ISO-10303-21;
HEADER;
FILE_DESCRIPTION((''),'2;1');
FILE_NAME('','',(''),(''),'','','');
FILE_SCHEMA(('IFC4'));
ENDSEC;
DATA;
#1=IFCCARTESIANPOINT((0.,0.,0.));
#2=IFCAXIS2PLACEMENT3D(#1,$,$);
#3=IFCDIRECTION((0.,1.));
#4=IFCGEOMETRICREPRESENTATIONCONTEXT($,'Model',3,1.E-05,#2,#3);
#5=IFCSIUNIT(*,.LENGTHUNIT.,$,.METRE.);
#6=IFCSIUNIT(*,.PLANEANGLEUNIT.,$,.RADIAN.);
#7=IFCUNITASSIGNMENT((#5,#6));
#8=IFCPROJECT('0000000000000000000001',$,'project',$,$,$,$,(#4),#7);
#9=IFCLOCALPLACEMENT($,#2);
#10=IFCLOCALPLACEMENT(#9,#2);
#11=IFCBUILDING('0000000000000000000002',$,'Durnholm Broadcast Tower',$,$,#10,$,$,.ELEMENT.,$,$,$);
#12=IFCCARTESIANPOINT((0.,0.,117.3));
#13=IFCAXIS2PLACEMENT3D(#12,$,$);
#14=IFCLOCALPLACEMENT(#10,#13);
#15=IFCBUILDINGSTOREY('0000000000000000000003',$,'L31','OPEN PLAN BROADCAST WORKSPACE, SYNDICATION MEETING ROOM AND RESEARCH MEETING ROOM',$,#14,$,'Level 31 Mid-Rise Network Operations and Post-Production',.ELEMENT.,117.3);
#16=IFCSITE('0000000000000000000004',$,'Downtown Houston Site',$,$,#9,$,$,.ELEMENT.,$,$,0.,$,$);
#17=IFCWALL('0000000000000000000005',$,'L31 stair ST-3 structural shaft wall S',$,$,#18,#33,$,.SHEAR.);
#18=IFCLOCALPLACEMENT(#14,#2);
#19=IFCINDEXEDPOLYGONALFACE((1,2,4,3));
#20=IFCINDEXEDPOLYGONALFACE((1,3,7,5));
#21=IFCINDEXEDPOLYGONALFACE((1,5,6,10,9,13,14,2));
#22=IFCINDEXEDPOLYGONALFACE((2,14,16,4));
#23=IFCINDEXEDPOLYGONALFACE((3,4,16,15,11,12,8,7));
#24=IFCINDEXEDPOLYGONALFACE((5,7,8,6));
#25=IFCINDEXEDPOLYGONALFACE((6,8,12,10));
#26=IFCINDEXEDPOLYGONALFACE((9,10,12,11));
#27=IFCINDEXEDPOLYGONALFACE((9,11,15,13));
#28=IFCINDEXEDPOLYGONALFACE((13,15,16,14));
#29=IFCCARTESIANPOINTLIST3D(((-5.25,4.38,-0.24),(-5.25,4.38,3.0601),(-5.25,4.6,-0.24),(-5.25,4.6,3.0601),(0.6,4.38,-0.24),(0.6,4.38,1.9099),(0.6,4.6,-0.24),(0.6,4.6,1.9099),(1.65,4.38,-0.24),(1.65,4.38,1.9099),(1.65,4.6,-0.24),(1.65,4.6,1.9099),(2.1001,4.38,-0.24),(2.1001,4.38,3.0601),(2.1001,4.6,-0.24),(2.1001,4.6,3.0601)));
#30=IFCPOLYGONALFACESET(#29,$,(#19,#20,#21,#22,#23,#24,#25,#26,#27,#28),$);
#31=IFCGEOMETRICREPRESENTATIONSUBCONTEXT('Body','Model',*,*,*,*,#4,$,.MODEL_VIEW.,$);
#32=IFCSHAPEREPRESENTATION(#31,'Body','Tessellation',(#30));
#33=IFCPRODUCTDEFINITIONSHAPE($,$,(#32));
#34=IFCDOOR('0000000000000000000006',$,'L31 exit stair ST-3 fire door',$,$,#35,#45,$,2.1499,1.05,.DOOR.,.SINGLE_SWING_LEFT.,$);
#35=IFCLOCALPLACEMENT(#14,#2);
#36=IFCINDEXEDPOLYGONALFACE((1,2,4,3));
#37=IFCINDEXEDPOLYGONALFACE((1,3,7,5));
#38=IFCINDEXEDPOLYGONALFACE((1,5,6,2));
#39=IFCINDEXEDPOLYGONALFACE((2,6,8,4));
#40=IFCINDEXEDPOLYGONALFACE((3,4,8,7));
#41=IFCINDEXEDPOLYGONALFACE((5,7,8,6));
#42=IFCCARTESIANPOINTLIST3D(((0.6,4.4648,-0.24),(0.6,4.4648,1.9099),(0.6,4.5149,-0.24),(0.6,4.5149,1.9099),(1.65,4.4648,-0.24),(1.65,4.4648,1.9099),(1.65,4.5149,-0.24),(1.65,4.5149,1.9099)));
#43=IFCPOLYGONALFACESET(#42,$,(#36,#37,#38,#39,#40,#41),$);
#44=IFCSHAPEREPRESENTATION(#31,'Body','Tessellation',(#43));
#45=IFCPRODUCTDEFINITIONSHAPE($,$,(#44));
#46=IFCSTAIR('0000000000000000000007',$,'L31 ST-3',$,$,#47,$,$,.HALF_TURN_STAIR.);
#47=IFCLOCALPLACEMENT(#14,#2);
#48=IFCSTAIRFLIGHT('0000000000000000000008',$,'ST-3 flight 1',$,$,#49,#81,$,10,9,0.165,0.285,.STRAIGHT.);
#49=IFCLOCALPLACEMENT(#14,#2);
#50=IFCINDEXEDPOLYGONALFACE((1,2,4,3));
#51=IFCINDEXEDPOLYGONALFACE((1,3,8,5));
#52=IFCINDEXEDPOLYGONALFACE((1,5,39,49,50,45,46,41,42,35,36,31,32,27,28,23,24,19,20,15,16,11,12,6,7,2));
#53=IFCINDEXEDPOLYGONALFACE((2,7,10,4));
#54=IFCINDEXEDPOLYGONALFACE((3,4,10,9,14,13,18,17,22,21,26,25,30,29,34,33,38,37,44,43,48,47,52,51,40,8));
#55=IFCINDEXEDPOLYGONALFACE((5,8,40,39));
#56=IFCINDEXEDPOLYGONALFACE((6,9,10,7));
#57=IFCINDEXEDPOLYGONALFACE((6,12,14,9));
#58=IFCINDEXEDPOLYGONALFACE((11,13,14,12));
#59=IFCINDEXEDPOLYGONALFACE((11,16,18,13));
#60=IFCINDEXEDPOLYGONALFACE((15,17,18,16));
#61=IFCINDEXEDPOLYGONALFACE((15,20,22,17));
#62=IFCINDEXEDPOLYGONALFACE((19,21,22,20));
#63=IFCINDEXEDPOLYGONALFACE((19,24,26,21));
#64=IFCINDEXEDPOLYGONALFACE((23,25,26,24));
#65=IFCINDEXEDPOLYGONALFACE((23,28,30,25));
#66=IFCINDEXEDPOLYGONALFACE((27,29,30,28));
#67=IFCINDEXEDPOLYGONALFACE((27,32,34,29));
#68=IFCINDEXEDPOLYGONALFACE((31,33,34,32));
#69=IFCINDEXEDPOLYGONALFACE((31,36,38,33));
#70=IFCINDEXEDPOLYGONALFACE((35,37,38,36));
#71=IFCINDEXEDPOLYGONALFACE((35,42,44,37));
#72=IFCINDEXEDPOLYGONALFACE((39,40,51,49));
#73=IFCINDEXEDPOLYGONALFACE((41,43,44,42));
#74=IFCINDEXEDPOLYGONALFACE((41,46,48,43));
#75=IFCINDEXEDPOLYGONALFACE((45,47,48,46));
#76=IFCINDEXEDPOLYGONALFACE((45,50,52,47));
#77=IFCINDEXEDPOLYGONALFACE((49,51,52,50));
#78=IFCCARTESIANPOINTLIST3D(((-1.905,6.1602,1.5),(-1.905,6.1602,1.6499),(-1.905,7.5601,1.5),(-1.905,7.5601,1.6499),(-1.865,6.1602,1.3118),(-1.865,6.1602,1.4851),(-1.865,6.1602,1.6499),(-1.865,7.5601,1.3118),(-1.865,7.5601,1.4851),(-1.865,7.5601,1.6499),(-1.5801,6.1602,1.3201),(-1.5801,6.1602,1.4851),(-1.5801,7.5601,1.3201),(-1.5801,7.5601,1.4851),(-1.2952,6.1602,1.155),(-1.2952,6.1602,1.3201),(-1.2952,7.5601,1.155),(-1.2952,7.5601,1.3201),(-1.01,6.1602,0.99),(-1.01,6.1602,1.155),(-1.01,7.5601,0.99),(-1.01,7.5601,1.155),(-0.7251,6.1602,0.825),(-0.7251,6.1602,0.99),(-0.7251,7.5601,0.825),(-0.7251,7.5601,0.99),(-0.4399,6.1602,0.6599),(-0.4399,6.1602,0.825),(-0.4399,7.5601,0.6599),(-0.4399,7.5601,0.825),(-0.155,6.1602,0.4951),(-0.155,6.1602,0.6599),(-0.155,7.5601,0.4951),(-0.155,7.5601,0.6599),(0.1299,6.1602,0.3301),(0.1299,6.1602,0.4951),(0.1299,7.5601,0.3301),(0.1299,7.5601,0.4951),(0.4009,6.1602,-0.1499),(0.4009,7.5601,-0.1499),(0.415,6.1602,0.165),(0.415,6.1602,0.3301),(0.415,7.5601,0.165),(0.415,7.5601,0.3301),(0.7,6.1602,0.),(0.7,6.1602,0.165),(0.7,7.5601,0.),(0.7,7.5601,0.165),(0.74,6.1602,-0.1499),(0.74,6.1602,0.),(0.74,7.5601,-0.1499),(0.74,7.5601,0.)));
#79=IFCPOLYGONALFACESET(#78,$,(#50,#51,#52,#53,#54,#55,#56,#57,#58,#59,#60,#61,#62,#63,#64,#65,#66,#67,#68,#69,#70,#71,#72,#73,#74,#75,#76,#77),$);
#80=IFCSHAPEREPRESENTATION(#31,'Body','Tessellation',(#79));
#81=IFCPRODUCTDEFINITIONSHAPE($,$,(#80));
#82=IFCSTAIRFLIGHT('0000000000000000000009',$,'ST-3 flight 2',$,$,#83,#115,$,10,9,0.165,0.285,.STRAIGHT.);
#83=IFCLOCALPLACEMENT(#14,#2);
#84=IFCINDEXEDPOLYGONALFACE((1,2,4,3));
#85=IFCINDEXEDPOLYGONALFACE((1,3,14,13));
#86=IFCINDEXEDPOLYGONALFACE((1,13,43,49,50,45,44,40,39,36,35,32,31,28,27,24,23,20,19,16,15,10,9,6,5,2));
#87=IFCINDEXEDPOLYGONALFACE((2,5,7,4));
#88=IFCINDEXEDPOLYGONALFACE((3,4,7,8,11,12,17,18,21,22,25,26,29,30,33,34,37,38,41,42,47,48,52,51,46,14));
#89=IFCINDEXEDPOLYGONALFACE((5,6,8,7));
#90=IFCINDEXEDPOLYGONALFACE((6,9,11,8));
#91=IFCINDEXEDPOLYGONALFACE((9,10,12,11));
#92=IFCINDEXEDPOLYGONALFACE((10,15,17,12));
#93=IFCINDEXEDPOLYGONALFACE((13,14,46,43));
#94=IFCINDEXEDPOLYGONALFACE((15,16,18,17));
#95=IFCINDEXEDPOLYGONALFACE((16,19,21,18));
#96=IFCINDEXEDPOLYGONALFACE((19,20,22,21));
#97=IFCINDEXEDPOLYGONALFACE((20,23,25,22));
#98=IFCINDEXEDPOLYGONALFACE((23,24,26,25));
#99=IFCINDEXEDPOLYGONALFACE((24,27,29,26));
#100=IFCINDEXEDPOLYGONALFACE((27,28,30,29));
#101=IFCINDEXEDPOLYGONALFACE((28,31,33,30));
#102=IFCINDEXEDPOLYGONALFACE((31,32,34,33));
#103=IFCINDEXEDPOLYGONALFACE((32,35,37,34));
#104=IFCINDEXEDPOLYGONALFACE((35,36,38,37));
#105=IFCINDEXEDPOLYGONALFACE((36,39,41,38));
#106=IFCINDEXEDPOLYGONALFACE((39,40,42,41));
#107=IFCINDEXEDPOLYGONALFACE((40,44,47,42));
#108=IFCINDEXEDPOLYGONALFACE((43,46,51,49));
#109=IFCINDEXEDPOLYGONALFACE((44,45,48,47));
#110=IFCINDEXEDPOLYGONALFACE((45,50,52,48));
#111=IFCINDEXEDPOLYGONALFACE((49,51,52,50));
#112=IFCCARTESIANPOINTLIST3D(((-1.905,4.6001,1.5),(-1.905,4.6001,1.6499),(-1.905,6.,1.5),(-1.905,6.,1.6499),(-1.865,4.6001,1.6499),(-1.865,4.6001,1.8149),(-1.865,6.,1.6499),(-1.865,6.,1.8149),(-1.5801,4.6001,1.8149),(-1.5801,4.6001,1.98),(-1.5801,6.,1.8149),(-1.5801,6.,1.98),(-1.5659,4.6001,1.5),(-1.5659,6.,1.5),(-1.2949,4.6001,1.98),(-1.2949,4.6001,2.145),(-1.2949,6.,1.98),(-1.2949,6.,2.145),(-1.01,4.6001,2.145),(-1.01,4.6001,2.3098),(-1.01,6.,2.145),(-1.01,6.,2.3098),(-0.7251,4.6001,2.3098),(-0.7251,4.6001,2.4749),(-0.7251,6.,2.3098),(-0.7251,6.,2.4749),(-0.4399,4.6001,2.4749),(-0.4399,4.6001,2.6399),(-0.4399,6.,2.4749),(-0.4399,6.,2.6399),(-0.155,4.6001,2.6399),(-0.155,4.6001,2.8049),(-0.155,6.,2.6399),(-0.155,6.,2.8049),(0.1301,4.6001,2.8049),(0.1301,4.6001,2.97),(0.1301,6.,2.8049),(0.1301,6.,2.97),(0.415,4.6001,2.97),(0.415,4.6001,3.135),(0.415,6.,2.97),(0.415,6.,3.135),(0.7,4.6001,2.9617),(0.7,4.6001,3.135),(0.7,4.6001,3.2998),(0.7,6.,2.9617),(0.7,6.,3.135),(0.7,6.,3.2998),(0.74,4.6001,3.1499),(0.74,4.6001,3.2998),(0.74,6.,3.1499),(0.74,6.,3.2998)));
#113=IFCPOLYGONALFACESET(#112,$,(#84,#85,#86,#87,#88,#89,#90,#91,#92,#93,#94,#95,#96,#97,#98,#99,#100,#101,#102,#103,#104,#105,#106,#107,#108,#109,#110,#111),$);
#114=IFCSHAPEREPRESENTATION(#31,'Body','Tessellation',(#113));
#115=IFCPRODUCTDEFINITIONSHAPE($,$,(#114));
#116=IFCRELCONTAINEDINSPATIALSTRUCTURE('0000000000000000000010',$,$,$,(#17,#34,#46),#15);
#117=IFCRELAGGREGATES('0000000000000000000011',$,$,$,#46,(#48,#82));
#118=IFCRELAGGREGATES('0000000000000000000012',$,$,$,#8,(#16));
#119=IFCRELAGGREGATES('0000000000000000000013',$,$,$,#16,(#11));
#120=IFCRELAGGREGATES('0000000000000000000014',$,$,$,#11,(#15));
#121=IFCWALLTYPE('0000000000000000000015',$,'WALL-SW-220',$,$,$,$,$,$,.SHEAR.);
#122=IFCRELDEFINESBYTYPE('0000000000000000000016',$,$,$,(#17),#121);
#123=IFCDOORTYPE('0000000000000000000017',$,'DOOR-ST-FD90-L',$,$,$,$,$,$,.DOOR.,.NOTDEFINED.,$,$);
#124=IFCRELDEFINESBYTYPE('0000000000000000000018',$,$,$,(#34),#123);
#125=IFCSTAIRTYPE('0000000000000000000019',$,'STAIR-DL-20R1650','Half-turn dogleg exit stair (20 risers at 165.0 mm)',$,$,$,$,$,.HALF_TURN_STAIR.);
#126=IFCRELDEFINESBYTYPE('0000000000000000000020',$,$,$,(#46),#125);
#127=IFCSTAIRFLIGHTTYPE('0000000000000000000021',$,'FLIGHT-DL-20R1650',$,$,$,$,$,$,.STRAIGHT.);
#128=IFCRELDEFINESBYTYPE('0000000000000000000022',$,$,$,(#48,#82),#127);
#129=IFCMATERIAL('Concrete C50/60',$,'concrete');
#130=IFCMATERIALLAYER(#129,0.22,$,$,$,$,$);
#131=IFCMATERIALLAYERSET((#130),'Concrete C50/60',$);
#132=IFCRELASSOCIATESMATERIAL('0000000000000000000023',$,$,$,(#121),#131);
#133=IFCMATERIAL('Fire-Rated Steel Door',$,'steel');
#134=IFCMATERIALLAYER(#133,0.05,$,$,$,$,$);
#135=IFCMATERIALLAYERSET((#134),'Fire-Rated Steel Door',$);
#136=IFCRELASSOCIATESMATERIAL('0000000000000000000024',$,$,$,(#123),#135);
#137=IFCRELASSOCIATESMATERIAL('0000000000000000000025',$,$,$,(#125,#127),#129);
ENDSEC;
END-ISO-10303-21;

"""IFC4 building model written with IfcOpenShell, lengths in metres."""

from ifc_helpers import new_model, si_unit, direction, frame, frame_2d, origin, place, context, subcontext, project, spatial, polyline, rectangle, outline, extrude, source, transform, mapped, material, layer, layer_set, type_object, type_shapes, element, fill, aggregate, save


model = new_model("IFC4")

# Units and contexts
model_context = context("Model", 3, precision=1e-05, world=origin(), true_north=direction((0.0, 1.0)))
body_context = subcontext(model_context, "Body", "Model", "MODEL_VIEW")
ifc_project = project(units=[si_unit("LENGTHUNIT", "METRE"), si_unit("PLANEANGLEUNIT", "RADIAN")], contexts=[model_context])

# Site, building, storey
site_placement = place(None, origin())
site = spatial("IfcSite", under=ifc_project, at=site_placement, Name="Downtown Houston Site", CompositionType="ELEMENT", RefElevation=0.0)
building_placement = place(site_placement, origin())
building = spatial("IfcBuilding", under=site, at=building_placement, Name="Durnholm Broadcast Tower", CompositionType="ELEMENT")
storey_placement = place(building_placement, frame((0.0, 0.0, 117.3)))
storey = spatial("IfcBuildingStorey", under=building, at=storey_placement, Name="L31", Description="OPEN PLAN BROADCAST WORKSPACE, SYNDICATION MEETING ROOM AND RESEARCH MEETING ROOM", LongName="Level 31 Mid-Rise Network Operations and Post-Production", CompositionType="ELEMENT", Elevation=117.3)

# Shared definitions
ifc_material_1 = material(Name="Concrete C50/60", Category="concrete")
ifc_layer_1 = layer(ifc_material_1, 0.22)
ifc_layer_set_1 = layer_set([ifc_layer_1], Name="Concrete C50/60")
wall_type_1 = type_object("IfcWallType", Name="WALL-SW-220", PredefinedType="SHEAR", material=ifc_layer_set_1)

# Wall, opening, door
wall_1_placement = place(storey_placement, frame((-5.25, 4.49, -0.24), z_axis=(0.0, 0.0, 1.0), x_axis=(1.0, 0.0, 0.0)))
wall_1 = element("IfcWall", 1, at=wall_1_placement, inside=storey, type_object=wall_type_1, Name="L31 stair ST-3 structural shaft wall S", PredefinedType="SHEAR", context=body_context, shape_type="SweptSolid", body=[
    extrude(rectangle(XDim=7.3501, YDim=0.22, at=frame_2d((3.675, 0.0))), origin(), (0.0, 0.0, 1.0), 3.3),
])
opening_1_placement = place(wall_1_placement, frame((5.8501, 0.0, 0.0)))
opening_1 = element("IfcOpeningElement", 2, at=opening_1_placement, cuts=wall_1, PredefinedType="OPENING", context=body_context, shape_type="SweptSolid", body=[
    extrude(rectangle(XDim=1.05, YDim=2.1499, at=frame_2d((0.5249, 1.075))), frame((0.0, 0.1201, 0.0), z_axis=(0.0, -1.0, 0.0), x_axis=(1.0, 0.0, 0.0)), (0.0, 0.0, 1.0), 0.24),
])
ifc_material_2 = material(Name="Fire-Rated Steel Door", Category="steel")
ifc_layer_2 = layer(ifc_material_2, 0.05)
ifc_layer_set_2 = layer_set([ifc_layer_2], Name="Fire-Rated Steel Door")
door_type_1 = type_object("IfcDoorType", Name="DOOR-ST-FD90-L", OperationType="NOTDEFINED", PredefinedType="DOOR", material=ifc_layer_set_2)
shared_shape_1 = source(origin(), body_context, "Body", "SweptSolid", [
    extrude(rectangle(XDim=1.05, YDim=2.1499, at=frame_2d((0.5249, 1.075))), frame((0.0, 0.0249, 0.0), z_axis=(0.0, -1.0, 0.0), x_axis=(1.0, 0.0, 0.0)), (0.0, 0.0, 1.0), 0.05),
])
type_shapes(door_type_1, [shared_shape_1])
door_1_placement = place(opening_1_placement, origin())
door_1 = element("IfcDoor", 3, at=door_1_placement, inside=storey, type_object=door_type_1, Name="L31 exit stair ST-3 fire door", OperationType="SINGLE_SWING_LEFT", OverallHeight=2.1499, OverallWidth=1.05, PredefinedType="DOOR", context=body_context, shape_type="MappedRepresentation", body=[
    mapped(shared_shape_1, transform((0.0, 0.0, 0.0), x_axis=(1.0, 0.0, 0.0), y_axis=(0.0, 1.0, 0.0), z_axis=(0.0, 0.0, 1.0), scale=1.0)),
])
fill(opening_1, door_1)

# Stair, stair flights
stair_type = type_object("IfcStairType", Name="STAIR-DL-20R1650", Description="Half-turn dogleg exit stair (20 risers at 165.0 mm)", PredefinedType="HALF_TURN_STAIR", material=ifc_material_1)
stair_placement = place(storey_placement, origin())
stair = element("IfcStair", 4, at=stair_placement, inside=storey, type_object=stair_type, Name="L31 ST-3", PredefinedType="HALF_TURN_STAIR")
stair_flight_type = type_object("IfcStairFlightType", Name="FLIGHT-DL-20R1650", PredefinedType="STRAIGHT", material=ifc_material_1)
stair_flight_1_placement = place(storey_placement, frame((0.7, 6.8601, 0.0), z_axis=(0.0, 0.0, 1.0), x_axis=(-1.0, 0.0, 0.0)))
stair_flight_1 = element("IfcStairFlight", 5, at=stair_flight_1_placement, type_object=stair_flight_type, Name="ST-3 flight 1", NumberOfRisers=10, NumberOfTreads=9, PredefinedType="STRAIGHT", RiserHeight=0.165, TreadLength=0.285, context=body_context, shape_type="SweptSolid", body=[
    extrude(outline(polyline([(-0.04, -0.1499), (-0.04, 0.0), (0.0, 0.0), (0.0, 0.165), (0.2849, 0.165), (0.2849, 0.3301), (0.5701, 0.3301), (0.5701, 0.4951), (0.855, 0.4951), (0.855, 0.6599), (1.1399, 0.6599), (1.1399, 0.825), (1.425, 0.825), (1.425, 0.99), (1.71, 0.99), (1.71, 1.155), (1.9951, 1.155), (1.9951, 1.3201), (2.28, 1.3201), (2.28, 1.4851), (2.5649, 1.4851), (2.5649, 1.6499), (2.605, 1.6499), (2.605, 1.5), (2.5649, 1.3118), (0.2991, -0.1499), (-0.04, -0.1499)])), frame((0.0, 0.7, 0.0), z_axis=(0.0, -1.0, 0.0), x_axis=(1.0, 0.0, 0.0)), (0.0, 0.0, 1.0), 1.3999),
])
stair_flight_2_placement = place(storey_placement, frame((-1.865, 5.3, 1.6499), z_axis=(0.0, 0.0, 1.0), x_axis=(1.0, 0.0, 0.0)))
stair_flight_2 = element("IfcStairFlight", 6, at=stair_flight_2_placement, type_object=stair_flight_type, Name="ST-3 flight 2", NumberOfRisers=10, NumberOfTreads=9, PredefinedType="STRAIGHT", RiserHeight=0.165, TreadLength=0.285, context=body_context, shape_type="SweptSolid", body=[
    extrude(outline(polyline([(-0.04, -0.1499), (-0.04, 0.0), (0.0, 0.0), (0.0, 0.165), (0.2849, 0.165), (0.2849, 0.3301), (0.5701, 0.3301), (0.5701, 0.4951), (0.855, 0.4951), (0.855, 0.6599), (1.1399, 0.6599), (1.1399, 0.825), (1.425, 0.825), (1.425, 0.99), (1.71, 0.99), (1.71, 1.155), (1.9951, 1.155), (1.9951, 1.3201), (2.28, 1.3201), (2.28, 1.4851), (2.5649, 1.4851), (2.5649, 1.6499), (2.605, 1.6499), (2.605, 1.5), (2.5649, 1.3118), (0.2991, -0.1499), (-0.04, -0.1499)])), frame((0.0, 0.7, 0.0), z_axis=(0.0, -1.0, 0.0), x_axis=(1.0, 0.0, 0.0)), (0.0, 0.0, 1.0), 1.3999),
])
aggregate(stair, [stair_flight_1, stair_flight_2])

save(model, "model.ifc")
